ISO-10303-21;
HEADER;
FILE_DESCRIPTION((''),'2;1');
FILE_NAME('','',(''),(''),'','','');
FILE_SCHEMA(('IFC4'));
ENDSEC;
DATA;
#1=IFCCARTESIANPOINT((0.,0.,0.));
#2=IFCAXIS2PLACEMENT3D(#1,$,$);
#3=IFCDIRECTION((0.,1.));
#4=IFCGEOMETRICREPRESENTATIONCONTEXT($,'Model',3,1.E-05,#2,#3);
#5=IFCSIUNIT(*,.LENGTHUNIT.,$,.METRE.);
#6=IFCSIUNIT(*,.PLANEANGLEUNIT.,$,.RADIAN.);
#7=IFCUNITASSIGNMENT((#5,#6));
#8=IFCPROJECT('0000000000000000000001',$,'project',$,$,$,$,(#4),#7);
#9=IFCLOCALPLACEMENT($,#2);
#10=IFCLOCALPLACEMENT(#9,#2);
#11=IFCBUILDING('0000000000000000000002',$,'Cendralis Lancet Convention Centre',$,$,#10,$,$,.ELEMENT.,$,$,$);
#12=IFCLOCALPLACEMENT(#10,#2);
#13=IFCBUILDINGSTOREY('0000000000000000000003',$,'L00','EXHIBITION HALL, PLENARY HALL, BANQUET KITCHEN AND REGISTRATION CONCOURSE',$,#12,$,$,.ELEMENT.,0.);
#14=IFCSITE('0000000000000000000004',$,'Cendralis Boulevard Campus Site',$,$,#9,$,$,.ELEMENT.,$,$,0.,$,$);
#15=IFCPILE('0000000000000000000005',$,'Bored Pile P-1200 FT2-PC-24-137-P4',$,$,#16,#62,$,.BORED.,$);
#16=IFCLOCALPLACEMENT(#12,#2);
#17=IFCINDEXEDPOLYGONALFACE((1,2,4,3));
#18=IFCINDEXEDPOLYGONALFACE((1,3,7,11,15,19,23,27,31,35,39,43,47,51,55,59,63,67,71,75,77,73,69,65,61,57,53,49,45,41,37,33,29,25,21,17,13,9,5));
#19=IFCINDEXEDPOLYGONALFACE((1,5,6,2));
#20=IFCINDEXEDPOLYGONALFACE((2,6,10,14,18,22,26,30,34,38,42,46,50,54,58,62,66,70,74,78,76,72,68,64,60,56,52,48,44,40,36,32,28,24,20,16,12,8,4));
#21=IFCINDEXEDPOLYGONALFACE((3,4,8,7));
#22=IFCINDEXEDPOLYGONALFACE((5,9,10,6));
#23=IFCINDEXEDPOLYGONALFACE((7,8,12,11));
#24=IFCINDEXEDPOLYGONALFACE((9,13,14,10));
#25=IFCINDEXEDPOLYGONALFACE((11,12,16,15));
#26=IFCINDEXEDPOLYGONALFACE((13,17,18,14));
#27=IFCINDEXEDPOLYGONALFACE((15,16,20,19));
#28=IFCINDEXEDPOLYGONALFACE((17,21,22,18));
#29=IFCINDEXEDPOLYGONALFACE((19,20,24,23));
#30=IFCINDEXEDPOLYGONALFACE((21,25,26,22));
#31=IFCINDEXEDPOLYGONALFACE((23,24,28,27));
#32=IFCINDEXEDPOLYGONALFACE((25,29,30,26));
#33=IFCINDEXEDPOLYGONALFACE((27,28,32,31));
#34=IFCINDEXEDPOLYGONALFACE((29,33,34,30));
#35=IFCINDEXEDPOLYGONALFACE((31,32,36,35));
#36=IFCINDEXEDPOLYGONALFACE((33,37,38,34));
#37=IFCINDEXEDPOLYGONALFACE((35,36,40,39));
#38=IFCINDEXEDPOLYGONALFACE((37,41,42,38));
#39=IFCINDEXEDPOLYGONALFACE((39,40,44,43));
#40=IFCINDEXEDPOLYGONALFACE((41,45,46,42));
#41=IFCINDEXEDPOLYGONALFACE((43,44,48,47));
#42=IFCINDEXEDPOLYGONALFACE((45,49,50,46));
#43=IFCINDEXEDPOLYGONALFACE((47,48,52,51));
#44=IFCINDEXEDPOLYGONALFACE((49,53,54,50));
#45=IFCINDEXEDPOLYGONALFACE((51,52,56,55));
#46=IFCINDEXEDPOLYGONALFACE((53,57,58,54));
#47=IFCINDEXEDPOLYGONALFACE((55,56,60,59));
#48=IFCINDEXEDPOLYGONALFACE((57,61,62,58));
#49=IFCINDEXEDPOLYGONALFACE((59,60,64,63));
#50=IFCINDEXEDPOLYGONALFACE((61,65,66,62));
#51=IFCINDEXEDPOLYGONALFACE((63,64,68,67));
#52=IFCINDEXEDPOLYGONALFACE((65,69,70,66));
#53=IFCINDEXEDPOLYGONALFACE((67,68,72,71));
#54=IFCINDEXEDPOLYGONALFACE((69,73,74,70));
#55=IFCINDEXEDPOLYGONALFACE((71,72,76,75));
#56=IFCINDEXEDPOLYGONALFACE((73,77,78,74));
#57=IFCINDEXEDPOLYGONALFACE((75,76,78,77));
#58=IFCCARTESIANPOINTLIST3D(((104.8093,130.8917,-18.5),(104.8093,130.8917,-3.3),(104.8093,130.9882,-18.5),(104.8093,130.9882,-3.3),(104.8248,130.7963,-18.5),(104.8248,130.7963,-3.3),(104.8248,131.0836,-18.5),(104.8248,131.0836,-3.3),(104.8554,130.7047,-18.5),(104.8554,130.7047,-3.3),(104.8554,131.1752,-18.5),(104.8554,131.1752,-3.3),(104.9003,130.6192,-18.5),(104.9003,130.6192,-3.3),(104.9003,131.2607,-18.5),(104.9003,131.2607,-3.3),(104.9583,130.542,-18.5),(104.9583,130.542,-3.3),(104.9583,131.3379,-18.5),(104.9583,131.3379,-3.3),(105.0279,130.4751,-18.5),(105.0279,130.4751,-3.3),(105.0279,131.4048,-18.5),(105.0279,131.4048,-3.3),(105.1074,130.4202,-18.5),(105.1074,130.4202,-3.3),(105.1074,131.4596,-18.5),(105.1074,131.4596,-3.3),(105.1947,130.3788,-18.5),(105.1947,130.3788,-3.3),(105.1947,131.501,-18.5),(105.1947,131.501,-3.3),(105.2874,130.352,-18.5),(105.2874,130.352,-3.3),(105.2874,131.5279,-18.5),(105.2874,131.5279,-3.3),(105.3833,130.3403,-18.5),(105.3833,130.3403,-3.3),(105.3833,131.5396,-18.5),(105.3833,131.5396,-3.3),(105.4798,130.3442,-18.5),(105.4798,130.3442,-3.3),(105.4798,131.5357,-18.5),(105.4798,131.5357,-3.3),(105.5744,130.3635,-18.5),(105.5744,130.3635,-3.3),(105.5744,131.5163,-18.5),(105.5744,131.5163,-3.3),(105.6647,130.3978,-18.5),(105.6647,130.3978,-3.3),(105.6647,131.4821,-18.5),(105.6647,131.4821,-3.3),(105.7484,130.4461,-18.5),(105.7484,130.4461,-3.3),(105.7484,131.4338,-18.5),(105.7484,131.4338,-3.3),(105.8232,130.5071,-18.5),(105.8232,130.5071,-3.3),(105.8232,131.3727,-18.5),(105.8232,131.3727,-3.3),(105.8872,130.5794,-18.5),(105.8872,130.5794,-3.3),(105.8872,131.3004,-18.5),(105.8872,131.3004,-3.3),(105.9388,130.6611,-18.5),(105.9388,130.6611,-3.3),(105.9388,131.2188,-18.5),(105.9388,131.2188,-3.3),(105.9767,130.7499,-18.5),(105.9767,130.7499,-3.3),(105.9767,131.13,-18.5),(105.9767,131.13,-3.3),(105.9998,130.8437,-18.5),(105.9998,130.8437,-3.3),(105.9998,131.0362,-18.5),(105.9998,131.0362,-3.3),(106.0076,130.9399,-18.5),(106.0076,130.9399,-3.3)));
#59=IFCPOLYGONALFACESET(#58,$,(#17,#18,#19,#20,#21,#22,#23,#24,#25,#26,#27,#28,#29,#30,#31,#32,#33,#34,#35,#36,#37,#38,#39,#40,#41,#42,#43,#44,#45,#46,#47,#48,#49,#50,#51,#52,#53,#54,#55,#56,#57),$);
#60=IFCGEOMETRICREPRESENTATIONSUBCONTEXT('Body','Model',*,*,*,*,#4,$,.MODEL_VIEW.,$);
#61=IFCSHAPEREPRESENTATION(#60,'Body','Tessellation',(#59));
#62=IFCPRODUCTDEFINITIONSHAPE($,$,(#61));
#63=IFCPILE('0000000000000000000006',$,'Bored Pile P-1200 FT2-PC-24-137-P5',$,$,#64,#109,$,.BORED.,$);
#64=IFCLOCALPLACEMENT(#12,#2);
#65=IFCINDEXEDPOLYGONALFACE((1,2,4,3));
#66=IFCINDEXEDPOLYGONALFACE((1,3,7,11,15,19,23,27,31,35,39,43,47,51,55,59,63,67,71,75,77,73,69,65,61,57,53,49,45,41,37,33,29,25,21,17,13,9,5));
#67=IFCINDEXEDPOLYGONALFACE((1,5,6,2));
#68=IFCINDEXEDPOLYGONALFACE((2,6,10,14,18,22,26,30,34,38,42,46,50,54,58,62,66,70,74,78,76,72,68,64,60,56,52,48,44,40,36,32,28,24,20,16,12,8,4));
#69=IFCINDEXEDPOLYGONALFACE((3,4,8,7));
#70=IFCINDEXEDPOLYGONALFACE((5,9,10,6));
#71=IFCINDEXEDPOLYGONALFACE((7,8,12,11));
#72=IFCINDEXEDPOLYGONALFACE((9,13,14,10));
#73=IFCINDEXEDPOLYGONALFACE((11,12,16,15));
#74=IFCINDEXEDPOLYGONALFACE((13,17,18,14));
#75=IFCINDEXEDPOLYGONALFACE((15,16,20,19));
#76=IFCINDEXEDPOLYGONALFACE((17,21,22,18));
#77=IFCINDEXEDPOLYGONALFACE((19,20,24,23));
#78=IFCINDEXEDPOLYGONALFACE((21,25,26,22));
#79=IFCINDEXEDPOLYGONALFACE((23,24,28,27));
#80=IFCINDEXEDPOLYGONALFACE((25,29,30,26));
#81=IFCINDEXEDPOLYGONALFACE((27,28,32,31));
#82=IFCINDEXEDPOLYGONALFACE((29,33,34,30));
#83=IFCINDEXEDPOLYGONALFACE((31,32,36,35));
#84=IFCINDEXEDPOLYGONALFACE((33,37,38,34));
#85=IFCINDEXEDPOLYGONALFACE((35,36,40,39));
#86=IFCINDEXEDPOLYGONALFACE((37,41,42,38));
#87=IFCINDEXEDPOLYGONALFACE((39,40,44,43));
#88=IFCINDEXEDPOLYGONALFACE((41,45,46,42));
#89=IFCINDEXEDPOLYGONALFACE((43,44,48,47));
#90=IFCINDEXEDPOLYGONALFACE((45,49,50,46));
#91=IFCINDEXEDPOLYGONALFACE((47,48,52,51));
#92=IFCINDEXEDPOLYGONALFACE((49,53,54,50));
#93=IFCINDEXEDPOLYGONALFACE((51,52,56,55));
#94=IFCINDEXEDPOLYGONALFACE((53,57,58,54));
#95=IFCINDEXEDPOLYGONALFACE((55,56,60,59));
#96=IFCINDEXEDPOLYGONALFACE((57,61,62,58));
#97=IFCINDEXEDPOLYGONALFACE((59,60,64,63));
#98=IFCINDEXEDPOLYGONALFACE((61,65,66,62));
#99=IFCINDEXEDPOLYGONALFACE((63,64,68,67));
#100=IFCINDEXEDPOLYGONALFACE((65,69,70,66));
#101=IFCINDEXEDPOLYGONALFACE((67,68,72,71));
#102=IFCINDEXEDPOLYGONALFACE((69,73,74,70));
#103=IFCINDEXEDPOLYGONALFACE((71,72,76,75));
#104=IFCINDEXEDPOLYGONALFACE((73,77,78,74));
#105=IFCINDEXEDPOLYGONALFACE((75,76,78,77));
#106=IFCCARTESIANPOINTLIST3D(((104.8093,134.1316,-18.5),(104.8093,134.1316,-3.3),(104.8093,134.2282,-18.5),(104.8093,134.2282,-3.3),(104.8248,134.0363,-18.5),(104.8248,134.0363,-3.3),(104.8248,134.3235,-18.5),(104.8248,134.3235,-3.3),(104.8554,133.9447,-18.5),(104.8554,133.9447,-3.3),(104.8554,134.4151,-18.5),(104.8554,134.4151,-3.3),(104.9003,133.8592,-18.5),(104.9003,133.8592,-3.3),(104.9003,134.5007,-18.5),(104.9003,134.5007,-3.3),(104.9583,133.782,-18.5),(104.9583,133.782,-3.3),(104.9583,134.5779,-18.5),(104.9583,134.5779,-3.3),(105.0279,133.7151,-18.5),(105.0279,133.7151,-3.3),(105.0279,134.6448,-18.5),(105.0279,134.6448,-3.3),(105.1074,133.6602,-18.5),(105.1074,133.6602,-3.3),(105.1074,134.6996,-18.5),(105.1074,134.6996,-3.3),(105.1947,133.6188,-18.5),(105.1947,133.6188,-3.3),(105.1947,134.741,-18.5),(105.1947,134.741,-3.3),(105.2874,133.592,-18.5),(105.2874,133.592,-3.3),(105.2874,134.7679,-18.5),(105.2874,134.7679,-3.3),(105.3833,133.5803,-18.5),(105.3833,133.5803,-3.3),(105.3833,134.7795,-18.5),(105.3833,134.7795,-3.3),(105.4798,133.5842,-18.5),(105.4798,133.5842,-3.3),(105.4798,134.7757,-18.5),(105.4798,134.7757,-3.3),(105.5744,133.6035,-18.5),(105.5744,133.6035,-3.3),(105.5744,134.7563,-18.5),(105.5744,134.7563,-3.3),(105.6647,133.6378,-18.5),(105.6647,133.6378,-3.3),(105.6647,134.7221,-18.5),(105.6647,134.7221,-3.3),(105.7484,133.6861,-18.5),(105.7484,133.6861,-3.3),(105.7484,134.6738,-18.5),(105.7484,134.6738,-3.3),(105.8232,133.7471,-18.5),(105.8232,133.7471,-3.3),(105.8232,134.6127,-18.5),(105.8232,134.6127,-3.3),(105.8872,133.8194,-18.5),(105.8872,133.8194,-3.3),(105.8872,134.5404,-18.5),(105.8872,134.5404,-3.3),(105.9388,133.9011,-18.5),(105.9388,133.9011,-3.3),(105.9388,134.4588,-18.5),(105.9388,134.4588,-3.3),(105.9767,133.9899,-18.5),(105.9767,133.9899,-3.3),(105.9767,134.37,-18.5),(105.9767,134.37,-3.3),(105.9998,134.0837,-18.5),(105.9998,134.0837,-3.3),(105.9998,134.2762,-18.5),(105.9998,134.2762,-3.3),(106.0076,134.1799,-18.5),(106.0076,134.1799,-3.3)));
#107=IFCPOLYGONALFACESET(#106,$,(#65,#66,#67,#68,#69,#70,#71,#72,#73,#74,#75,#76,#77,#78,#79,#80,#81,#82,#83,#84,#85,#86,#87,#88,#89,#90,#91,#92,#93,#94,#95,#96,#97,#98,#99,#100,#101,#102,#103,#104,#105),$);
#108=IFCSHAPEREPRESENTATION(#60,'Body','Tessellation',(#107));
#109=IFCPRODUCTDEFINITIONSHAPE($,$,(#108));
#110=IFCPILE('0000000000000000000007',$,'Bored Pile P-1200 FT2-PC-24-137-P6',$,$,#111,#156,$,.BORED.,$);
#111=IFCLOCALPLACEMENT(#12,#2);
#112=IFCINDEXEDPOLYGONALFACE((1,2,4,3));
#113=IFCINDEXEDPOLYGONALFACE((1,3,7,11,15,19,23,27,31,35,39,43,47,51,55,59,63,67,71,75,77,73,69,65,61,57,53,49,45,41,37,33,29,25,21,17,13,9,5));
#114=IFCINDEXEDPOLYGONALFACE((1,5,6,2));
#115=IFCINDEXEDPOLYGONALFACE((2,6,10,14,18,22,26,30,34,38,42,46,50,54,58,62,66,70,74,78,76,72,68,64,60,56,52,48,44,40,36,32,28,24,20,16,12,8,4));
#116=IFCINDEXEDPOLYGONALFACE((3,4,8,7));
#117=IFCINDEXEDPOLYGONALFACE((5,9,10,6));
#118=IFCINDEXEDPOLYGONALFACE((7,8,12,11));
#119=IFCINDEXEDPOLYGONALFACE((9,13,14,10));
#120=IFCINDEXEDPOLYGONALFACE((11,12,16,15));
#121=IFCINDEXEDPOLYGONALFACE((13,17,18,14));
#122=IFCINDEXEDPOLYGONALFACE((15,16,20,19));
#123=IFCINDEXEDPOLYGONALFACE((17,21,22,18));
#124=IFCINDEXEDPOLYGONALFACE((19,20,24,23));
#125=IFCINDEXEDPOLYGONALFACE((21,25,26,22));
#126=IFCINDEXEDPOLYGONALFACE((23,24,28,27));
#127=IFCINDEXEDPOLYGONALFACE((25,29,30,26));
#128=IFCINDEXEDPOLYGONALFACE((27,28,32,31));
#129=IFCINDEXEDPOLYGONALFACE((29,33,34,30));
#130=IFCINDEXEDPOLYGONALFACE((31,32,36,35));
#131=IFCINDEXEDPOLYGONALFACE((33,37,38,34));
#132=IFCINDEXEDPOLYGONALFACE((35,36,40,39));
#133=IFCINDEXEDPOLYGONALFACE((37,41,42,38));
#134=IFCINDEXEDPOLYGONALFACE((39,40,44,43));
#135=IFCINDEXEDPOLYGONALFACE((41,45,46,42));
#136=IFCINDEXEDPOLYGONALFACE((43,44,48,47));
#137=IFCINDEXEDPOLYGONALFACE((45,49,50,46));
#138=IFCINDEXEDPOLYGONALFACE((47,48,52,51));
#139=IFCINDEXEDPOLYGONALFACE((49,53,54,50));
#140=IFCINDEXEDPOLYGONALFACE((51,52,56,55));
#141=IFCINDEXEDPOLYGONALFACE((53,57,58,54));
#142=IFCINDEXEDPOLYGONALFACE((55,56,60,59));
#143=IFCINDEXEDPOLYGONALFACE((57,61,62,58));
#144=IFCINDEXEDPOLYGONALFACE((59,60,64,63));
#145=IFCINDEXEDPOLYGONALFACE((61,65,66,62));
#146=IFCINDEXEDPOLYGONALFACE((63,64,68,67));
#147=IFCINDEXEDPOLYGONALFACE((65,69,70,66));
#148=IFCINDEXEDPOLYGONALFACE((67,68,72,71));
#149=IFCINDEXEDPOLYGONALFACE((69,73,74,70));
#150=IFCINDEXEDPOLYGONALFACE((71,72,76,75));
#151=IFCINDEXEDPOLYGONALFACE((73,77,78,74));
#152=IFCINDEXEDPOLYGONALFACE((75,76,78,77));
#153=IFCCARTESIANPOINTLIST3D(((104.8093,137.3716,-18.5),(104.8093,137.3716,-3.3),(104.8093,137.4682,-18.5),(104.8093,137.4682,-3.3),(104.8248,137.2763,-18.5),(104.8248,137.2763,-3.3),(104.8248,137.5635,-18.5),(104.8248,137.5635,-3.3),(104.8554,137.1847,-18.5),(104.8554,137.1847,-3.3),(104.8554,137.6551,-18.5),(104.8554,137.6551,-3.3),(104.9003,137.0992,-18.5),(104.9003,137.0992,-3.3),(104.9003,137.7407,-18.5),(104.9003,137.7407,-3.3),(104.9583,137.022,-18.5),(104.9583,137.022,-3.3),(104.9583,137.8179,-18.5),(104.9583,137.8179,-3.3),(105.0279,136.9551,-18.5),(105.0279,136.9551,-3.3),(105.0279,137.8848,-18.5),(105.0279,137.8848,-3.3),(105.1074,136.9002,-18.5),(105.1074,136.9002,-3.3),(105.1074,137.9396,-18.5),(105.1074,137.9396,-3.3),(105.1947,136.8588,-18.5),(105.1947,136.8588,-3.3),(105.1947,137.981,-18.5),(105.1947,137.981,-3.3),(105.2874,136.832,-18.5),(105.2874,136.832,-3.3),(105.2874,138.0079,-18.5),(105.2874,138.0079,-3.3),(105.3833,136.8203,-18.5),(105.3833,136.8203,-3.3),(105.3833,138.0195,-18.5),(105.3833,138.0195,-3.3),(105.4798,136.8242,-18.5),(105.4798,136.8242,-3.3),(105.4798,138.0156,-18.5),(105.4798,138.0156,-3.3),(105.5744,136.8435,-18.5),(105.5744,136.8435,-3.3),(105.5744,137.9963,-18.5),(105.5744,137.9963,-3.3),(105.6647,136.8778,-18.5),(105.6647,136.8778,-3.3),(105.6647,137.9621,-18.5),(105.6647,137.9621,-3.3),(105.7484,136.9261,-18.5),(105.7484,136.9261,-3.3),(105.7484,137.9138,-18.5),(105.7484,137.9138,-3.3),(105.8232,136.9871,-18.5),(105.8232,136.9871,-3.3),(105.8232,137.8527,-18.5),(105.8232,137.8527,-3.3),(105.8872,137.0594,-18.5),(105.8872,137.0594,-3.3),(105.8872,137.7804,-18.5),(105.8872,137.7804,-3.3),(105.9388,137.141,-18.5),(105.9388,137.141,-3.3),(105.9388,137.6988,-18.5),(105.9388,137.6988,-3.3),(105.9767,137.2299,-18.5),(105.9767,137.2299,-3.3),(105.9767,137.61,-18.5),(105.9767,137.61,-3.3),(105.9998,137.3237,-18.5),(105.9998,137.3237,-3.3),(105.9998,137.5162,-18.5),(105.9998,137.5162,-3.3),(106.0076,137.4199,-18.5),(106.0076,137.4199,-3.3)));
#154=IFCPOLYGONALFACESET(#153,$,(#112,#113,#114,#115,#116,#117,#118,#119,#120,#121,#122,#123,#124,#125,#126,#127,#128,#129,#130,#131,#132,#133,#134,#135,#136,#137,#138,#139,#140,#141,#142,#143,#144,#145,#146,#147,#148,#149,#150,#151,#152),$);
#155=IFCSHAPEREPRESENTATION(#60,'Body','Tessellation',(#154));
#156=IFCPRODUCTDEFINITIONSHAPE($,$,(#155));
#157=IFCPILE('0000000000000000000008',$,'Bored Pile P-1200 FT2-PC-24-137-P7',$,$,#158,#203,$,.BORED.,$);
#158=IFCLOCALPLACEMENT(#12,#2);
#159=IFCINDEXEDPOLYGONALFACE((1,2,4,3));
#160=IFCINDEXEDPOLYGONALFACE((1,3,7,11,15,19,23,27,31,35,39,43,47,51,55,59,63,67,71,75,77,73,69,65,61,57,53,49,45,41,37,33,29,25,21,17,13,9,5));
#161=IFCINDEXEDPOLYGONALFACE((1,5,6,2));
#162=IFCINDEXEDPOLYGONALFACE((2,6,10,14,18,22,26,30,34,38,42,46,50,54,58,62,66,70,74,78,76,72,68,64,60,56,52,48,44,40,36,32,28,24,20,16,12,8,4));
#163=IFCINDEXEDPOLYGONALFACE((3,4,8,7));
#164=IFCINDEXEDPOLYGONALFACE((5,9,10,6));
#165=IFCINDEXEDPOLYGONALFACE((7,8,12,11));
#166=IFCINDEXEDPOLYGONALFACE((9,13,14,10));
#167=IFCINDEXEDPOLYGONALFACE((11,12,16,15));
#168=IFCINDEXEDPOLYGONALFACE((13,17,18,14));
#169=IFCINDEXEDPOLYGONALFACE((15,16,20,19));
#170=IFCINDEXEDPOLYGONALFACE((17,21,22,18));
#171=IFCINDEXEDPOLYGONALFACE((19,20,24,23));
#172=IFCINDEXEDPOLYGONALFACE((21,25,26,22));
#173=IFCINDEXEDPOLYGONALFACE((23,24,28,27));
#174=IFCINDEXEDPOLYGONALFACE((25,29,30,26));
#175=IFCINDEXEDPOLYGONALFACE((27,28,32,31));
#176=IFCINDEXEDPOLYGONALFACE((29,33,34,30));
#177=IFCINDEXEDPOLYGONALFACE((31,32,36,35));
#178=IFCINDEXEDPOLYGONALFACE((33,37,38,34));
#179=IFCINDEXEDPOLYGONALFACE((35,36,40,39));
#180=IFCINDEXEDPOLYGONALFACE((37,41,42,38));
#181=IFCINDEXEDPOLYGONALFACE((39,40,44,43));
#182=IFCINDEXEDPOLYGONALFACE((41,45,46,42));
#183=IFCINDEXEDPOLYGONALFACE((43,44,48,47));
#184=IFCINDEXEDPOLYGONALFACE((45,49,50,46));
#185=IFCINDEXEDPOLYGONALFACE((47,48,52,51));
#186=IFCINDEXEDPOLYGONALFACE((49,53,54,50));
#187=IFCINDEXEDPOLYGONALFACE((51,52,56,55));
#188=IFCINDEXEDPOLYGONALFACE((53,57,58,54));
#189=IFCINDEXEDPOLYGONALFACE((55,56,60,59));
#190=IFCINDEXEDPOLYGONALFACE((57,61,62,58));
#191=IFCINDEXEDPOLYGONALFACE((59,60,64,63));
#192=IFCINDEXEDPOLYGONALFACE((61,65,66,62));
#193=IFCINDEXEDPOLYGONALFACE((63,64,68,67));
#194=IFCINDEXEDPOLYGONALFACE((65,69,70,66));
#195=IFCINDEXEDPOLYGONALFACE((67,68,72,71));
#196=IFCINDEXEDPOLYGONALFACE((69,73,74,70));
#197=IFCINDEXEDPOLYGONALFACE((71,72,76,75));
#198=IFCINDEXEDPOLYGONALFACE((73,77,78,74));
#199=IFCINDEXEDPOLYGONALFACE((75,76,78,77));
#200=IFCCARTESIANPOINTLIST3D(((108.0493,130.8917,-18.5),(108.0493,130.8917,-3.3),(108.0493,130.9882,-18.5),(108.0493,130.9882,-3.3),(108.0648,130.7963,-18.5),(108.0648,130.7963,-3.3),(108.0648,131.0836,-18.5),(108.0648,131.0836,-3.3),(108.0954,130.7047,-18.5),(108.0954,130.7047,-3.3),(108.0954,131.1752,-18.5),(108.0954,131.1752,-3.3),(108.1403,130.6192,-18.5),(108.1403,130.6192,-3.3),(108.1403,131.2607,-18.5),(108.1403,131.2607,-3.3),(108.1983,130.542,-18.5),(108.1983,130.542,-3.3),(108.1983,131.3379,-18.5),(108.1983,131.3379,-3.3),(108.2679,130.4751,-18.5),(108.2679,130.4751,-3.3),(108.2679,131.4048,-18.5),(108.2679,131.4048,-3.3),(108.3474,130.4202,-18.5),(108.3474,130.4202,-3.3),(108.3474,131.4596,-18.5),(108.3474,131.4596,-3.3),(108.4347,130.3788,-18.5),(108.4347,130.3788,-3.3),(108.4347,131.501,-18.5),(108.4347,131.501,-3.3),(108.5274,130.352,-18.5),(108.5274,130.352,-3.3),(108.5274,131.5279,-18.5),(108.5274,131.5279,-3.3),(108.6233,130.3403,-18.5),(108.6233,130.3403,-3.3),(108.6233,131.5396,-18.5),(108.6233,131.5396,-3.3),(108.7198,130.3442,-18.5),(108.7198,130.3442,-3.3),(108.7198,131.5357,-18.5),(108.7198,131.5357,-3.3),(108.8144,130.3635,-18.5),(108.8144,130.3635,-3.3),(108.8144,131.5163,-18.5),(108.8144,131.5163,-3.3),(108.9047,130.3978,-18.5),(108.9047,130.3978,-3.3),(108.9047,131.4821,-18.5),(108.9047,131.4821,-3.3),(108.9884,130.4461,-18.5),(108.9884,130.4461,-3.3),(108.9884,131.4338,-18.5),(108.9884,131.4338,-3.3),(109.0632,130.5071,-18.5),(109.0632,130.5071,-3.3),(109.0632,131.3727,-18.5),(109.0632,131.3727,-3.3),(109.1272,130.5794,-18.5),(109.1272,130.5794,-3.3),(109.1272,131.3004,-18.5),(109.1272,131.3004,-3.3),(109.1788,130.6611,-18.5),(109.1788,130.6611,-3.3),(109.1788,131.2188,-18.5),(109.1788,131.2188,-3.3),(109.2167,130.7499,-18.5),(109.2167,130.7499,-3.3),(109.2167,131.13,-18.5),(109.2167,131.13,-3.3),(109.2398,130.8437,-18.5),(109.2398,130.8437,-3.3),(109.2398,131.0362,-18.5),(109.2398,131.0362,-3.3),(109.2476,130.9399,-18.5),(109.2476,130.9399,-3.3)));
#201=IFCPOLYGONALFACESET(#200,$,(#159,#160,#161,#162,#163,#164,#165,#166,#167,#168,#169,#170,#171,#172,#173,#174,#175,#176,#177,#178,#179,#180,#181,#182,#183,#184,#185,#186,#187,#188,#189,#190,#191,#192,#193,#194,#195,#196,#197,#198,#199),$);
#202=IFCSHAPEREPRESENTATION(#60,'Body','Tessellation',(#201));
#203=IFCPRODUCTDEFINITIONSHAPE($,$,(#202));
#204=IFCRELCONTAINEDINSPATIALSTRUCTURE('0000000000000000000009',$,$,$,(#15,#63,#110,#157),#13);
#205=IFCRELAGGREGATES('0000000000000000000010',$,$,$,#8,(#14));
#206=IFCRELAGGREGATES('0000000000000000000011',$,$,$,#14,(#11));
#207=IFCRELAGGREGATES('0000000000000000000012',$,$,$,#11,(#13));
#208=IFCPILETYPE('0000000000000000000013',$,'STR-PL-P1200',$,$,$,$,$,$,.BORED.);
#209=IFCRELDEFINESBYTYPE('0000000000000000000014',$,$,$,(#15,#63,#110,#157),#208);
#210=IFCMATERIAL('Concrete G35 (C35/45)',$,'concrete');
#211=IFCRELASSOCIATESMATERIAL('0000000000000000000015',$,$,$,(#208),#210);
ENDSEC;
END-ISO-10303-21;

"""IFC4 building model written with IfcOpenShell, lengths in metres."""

from ifc_helpers import new_model, si_unit, direction, frame, origin, origin_2d, place, context, subcontext, project, spatial, circle, extrude, material, material_profile, profile_set, type_object, element, save


model = new_model("IFC4")

# Units and contexts
model_context = context("Model", 3, precision=1e-05, world=origin(), true_north=direction((0.0, 1.0)))
body_context = subcontext(model_context, "Body", "Model", "MODEL_VIEW")
ifc_project = project(units=[si_unit("LENGTHUNIT", "METRE"), si_unit("PLANEANGLEUNIT", "RADIAN")], contexts=[model_context])

# Site, building, storey
site_placement = place(None, origin())
site = spatial("IfcSite", under=ifc_project, at=site_placement, Name="Cendralis Boulevard Campus Site", CompositionType="ELEMENT", RefElevation=0.0)
building_placement = place(site_placement, origin())
building = spatial("IfcBuilding", under=site, at=building_placement, Name="Cendralis Lancet Convention Centre", CompositionType="ELEMENT")
storey_placement = place(building_placement, origin())
storey = spatial("IfcBuildingStorey", under=building, at=storey_placement, Name="L00", Description="EXHIBITION HALL, PLENARY HALL, BANQUET KITCHEN AND REGISTRATION CONCOURSE", CompositionType="ELEMENT", Elevation=0.0)

# Piles
ifc_material_1 = material(Name="Concrete G35 (C35/45)", Category="concrete")
ifc_material_profile_1 = material_profile(ifc_material_1, circle(Radius=0.6001, at=origin_2d()), Name="BORED PILE D1200")
ifc_profile_set_1 = profile_set([ifc_material_profile_1], Name="Concrete G35 (C35/45)")
pile_type_1 = type_object("IfcPileType", Name="STR-PL-P1200", PredefinedType="BORED", material=ifc_profile_set_1)
for number, where, z_axis, x_axis, name in (
    (1, (105.4075, 130.9399, -3.3), (0.0, 0.0, -1.0), (1.0, 0.0, 0.0), "Bored Pile P-1200 FT2-PC-24-137-P4"),
    (2, (105.4075, 134.1799, -3.3), (0.0, 0.0, -1.0), (1.0, 0.0, 0.0), "Bored Pile P-1200 FT2-PC-24-137-P5"),
    (3, (105.4075, 137.4199, -3.3), (0.0, 0.0, -1.0), (1.0, 0.0, 0.0), "Bored Pile P-1200 FT2-PC-24-137-P6"),
    (4, (108.6475, 130.9399, -3.3), (0.0, 0.0, -1.0), (1.0, 0.0, 0.0), "Bored Pile P-1200 FT2-PC-24-137-P7"),
):
    element("IfcPile", number, at=place(storey_placement, frame(where, z_axis=z_axis, x_axis=x_axis)), inside=storey, type_object=pile_type_1, Name=name, PredefinedType="BORED", context=body_context, shape_type="SweptSolid", body=[
        extrude(circle(Radius=0.6001, at=origin_2d()), origin(), (0.0, 0.0, 1.0), 15.2),
    ])

save(model, "model.ifc")
